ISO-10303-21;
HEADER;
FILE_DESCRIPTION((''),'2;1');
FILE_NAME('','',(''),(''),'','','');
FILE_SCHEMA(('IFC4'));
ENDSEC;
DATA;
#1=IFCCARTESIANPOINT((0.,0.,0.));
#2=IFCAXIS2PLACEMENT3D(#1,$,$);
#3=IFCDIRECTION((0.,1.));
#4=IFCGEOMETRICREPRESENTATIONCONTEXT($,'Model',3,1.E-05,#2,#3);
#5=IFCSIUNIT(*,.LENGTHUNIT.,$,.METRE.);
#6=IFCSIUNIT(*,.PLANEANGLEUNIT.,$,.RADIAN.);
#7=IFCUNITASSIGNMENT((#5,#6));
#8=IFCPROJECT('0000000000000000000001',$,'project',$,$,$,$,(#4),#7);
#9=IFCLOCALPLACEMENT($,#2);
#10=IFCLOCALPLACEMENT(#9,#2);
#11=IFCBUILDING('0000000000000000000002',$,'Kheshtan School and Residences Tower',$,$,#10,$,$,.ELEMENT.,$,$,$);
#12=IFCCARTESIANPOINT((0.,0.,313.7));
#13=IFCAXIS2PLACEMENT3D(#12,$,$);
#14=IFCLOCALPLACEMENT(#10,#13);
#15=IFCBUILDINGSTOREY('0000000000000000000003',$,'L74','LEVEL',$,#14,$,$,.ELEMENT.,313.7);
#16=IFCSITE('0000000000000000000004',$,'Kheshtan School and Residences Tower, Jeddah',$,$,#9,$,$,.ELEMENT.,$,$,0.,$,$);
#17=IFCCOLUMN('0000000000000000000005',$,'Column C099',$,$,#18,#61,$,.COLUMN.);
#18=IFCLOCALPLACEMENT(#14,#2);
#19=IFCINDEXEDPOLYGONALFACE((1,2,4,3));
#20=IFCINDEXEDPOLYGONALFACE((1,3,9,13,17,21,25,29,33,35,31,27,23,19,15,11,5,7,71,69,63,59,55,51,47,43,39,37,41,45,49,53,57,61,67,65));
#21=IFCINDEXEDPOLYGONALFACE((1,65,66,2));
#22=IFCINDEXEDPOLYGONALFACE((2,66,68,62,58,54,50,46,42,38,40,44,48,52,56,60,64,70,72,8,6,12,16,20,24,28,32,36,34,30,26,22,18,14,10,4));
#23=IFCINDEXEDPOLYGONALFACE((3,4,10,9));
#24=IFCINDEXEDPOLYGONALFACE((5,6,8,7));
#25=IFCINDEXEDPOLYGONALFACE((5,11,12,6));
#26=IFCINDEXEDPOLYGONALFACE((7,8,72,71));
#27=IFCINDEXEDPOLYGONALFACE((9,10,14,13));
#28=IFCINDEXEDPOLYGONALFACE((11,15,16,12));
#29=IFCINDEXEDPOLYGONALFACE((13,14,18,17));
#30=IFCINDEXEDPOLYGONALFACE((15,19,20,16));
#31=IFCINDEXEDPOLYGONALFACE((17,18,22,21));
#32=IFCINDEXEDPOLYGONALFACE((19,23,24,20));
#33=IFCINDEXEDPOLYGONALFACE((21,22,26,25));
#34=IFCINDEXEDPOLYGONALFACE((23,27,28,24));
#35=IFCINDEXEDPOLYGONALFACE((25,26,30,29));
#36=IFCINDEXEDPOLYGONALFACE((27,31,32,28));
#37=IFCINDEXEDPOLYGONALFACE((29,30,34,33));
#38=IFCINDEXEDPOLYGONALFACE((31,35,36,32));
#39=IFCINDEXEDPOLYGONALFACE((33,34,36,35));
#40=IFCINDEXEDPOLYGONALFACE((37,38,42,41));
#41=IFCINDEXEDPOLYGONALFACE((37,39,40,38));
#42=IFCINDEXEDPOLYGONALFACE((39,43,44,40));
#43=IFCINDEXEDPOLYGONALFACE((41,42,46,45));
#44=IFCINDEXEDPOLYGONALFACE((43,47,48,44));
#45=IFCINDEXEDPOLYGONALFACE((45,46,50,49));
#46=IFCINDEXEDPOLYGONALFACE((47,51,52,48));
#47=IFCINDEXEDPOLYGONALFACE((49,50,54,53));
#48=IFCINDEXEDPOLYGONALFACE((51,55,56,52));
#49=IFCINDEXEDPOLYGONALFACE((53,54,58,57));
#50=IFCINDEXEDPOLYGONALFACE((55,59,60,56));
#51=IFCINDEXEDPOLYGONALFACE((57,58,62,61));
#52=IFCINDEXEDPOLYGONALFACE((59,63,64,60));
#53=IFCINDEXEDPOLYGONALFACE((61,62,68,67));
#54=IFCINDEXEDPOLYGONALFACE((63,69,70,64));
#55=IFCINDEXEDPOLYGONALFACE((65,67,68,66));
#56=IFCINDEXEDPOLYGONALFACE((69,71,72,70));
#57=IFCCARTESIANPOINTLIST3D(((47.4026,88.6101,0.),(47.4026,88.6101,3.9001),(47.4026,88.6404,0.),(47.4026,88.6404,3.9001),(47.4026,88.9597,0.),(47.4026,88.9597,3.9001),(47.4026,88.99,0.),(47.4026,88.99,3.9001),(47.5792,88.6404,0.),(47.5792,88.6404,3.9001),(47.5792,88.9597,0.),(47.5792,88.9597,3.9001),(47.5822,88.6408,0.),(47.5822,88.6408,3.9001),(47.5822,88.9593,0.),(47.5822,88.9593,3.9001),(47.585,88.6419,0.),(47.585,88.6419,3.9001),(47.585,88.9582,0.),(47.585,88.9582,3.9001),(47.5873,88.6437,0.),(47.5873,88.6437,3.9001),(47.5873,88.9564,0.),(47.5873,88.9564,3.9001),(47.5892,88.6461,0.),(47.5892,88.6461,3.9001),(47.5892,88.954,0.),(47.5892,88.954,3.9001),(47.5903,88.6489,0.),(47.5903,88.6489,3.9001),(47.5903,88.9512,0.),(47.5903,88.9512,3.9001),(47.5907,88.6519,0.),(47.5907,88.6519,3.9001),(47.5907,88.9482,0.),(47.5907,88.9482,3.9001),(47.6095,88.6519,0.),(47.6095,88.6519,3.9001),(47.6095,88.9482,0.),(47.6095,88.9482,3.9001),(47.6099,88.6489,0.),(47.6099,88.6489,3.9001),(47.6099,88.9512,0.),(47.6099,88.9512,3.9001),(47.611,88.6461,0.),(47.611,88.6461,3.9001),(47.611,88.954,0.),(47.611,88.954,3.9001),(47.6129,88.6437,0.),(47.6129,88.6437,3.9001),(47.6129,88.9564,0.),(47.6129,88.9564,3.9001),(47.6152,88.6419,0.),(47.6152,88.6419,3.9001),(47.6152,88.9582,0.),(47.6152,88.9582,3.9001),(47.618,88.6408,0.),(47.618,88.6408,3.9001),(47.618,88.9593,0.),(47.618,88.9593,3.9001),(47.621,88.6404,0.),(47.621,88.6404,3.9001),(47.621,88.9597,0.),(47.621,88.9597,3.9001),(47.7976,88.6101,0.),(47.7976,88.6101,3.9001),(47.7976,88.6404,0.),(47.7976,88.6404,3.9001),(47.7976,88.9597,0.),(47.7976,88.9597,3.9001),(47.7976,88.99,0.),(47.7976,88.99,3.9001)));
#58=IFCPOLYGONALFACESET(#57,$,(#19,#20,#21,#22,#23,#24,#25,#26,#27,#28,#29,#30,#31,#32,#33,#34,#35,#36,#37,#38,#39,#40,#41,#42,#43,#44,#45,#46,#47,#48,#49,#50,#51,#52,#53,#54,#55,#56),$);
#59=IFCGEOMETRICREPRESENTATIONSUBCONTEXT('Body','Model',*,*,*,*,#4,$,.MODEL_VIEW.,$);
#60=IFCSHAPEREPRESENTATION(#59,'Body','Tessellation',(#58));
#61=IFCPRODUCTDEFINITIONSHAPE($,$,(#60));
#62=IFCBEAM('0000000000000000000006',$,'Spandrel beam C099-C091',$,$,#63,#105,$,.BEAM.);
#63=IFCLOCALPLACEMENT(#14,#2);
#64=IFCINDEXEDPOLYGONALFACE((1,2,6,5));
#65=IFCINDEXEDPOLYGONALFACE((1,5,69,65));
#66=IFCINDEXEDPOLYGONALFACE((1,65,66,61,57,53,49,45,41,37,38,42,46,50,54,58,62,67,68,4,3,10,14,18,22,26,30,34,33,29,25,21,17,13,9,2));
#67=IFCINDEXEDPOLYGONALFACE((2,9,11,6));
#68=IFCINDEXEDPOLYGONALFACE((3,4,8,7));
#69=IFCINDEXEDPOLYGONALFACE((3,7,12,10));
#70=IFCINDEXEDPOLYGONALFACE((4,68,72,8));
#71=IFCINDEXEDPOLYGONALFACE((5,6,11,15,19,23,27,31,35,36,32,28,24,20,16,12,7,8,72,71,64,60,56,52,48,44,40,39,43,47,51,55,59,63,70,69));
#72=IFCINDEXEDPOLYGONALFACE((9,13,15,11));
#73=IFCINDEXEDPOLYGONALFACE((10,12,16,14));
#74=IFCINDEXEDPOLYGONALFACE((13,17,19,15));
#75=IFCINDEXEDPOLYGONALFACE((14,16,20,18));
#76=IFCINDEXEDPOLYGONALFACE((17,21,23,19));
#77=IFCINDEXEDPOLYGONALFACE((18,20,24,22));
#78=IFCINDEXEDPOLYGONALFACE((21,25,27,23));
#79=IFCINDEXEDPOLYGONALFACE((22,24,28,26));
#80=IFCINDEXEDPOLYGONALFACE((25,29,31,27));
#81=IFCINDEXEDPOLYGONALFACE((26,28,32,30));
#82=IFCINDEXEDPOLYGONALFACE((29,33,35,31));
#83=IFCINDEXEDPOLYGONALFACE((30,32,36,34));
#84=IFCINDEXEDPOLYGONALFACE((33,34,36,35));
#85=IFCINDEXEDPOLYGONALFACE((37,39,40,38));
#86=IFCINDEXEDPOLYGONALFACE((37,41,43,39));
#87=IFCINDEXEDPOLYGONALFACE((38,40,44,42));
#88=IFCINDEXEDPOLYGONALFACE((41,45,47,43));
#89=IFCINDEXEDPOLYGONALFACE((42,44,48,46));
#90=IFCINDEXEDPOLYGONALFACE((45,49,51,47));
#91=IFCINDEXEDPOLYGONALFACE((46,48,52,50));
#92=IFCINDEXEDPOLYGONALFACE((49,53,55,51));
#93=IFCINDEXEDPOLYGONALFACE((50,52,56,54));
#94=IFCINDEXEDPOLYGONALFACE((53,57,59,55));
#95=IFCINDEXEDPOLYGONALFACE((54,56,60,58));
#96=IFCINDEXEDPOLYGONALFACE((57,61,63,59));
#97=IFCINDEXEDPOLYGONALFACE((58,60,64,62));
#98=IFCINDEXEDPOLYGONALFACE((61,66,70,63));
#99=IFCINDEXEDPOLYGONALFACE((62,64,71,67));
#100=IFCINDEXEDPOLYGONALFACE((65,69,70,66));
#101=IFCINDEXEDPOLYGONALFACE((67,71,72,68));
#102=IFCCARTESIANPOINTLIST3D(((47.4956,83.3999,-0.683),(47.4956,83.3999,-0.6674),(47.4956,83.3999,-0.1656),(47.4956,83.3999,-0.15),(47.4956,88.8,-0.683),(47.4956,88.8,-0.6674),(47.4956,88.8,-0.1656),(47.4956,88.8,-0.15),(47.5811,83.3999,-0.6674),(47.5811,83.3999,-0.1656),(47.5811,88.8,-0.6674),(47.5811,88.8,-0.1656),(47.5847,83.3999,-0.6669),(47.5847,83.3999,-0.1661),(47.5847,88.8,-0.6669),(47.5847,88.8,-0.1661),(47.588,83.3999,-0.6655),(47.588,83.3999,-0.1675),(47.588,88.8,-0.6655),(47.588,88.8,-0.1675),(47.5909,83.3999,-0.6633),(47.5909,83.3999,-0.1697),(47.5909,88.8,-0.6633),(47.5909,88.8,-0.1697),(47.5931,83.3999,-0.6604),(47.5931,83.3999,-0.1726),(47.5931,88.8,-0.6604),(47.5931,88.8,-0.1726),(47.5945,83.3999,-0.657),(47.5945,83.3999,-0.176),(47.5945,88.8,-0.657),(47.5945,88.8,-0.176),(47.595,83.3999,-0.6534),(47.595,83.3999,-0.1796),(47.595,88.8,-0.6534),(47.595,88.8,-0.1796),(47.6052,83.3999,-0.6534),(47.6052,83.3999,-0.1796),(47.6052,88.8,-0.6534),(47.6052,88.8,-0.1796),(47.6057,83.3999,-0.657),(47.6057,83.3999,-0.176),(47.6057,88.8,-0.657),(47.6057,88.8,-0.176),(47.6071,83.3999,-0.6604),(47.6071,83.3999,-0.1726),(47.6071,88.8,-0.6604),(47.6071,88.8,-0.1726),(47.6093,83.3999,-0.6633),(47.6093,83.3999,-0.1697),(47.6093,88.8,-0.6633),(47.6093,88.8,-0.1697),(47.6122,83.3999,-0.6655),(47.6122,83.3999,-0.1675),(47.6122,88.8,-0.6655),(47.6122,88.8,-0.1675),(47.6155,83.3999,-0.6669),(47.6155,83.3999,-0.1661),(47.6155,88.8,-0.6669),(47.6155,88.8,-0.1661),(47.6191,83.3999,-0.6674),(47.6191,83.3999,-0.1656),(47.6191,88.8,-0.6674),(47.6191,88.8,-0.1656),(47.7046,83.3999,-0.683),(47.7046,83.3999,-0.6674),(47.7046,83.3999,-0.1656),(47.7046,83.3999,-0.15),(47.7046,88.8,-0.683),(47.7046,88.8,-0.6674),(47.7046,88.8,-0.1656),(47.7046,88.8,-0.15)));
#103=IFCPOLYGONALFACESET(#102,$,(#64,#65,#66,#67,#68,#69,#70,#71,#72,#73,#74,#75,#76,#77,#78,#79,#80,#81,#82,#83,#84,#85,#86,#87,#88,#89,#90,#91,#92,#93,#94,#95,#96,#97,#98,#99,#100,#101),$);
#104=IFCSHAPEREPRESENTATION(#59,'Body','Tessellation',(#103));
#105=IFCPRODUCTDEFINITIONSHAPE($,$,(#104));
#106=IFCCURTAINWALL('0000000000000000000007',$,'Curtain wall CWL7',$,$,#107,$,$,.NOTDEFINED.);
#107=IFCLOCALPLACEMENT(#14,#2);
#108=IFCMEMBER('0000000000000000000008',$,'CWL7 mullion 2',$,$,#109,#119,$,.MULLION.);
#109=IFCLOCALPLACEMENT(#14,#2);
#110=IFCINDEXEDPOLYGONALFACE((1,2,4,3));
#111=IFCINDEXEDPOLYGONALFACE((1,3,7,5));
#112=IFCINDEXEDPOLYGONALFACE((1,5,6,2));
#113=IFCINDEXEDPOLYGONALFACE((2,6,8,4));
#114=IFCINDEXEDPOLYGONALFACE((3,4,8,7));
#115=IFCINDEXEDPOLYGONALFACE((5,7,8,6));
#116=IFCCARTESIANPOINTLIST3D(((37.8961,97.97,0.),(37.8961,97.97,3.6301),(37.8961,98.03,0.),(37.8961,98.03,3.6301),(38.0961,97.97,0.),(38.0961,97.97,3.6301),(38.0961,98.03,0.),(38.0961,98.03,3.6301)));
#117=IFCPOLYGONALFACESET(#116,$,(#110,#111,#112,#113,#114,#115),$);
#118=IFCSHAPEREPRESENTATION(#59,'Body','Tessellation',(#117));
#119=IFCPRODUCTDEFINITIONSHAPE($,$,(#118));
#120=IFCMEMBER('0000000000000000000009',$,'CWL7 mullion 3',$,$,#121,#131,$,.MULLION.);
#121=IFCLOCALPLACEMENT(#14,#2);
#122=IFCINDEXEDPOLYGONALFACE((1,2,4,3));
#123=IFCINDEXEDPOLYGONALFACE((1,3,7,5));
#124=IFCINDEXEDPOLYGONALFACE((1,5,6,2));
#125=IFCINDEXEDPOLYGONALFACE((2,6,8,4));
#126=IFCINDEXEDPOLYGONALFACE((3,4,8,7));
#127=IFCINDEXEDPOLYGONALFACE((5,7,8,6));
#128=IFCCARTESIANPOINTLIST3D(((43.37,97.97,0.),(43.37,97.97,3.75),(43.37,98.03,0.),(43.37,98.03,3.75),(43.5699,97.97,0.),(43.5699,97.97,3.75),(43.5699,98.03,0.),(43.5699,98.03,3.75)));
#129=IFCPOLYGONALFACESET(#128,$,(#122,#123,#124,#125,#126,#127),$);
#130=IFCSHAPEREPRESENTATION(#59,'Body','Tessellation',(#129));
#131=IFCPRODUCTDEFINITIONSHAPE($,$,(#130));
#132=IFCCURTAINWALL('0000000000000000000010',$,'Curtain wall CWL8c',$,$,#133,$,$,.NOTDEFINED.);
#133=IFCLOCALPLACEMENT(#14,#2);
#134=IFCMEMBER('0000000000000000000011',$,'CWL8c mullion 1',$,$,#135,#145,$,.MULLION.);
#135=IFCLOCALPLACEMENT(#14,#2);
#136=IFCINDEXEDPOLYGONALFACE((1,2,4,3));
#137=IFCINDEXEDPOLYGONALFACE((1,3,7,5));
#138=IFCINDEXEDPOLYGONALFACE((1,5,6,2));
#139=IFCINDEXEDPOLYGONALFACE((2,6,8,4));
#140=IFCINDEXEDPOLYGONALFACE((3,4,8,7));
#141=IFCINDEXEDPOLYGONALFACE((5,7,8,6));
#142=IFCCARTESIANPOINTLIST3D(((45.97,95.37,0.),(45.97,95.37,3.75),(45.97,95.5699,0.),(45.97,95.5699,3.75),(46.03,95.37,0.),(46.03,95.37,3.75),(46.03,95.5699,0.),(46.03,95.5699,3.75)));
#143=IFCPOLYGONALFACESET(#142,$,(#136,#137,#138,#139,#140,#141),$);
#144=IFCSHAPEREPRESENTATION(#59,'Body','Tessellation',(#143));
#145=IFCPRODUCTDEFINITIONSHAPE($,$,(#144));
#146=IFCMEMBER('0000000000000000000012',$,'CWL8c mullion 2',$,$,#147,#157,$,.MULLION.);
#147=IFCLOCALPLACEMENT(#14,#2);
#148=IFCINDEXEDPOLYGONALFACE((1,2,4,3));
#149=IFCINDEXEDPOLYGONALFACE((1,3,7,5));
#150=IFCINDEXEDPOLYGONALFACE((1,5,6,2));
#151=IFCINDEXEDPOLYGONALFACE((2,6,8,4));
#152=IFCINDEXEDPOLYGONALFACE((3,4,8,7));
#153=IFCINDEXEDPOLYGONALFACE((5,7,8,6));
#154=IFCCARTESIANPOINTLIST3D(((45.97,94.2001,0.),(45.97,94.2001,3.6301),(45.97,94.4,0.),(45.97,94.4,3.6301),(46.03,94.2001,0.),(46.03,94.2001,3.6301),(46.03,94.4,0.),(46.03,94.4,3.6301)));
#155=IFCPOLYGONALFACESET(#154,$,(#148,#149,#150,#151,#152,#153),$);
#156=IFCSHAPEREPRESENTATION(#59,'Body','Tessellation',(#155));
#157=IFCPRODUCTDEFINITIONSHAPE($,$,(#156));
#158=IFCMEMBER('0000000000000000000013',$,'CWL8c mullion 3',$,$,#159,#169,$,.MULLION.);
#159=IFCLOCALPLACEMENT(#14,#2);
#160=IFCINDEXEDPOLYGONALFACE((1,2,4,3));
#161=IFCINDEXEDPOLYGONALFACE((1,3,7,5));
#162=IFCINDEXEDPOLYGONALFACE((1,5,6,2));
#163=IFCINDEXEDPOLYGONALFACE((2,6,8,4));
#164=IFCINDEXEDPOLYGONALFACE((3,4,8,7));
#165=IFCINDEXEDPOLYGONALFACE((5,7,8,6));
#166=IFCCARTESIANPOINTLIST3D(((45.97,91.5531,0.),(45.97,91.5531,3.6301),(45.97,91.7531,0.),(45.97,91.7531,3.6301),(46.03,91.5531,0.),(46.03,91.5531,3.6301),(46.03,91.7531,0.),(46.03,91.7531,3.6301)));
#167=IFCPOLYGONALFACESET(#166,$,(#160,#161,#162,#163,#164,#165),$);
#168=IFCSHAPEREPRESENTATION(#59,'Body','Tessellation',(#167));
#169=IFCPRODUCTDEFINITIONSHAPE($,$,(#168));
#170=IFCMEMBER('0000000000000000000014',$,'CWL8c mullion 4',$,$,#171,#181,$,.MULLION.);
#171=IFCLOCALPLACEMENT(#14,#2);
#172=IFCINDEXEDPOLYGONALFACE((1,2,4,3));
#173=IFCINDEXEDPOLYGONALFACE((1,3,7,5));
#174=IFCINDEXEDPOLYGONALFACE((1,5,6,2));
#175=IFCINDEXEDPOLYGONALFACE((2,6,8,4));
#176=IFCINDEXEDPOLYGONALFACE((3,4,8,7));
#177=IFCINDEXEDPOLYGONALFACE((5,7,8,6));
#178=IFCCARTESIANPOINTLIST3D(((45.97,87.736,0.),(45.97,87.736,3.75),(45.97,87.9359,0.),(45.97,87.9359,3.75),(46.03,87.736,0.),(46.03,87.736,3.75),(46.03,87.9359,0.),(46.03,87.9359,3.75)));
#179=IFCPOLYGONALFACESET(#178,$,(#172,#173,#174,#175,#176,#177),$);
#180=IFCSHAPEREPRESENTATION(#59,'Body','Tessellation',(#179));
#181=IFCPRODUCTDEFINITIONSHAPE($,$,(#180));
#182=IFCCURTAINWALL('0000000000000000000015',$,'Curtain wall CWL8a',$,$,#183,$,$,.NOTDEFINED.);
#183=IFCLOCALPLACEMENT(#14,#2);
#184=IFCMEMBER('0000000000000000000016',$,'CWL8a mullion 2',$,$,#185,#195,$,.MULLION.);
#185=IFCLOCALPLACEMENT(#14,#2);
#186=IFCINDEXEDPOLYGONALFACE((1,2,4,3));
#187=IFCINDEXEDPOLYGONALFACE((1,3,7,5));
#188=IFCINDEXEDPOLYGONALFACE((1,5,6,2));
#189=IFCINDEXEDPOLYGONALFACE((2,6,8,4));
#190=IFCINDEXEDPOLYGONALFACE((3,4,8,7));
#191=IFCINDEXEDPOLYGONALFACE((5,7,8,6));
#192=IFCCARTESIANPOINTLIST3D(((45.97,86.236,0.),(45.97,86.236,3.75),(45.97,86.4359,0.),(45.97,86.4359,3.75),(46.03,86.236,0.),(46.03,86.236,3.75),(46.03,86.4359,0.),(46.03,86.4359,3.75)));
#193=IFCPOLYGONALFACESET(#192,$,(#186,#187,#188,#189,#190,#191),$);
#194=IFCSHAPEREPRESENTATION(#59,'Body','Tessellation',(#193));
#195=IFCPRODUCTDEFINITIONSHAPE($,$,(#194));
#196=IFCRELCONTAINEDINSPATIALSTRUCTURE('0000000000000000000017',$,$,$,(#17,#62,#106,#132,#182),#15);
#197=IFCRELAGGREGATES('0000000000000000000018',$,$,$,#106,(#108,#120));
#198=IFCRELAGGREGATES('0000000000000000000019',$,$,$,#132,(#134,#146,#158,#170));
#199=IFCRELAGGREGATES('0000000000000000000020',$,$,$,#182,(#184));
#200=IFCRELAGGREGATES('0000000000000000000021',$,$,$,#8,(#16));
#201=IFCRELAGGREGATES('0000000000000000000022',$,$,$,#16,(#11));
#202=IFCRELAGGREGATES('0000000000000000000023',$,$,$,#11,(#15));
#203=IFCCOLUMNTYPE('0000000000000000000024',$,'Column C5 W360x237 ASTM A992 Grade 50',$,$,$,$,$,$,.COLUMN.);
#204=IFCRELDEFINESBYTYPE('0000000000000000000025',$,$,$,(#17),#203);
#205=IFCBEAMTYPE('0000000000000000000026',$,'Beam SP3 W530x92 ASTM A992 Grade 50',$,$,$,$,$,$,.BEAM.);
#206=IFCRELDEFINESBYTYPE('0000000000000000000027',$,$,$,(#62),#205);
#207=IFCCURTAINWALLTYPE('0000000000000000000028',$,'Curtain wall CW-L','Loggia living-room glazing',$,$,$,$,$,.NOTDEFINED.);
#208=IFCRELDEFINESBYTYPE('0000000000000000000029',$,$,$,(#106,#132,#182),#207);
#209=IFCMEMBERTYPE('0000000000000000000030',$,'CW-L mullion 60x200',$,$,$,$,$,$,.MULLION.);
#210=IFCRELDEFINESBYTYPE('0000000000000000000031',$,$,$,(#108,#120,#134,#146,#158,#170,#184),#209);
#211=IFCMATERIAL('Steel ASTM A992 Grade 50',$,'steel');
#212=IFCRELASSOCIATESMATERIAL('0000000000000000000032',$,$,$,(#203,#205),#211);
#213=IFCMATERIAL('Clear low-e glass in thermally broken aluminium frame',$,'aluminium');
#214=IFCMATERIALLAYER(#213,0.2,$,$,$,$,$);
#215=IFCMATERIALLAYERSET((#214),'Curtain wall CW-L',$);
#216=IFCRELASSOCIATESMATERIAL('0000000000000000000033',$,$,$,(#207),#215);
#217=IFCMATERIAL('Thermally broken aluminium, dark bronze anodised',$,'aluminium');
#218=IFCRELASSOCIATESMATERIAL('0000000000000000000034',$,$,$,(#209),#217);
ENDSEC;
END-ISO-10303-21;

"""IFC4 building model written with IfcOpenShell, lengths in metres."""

from ifc_helpers import new_model, si_unit, direction, frame, origin, origin_2d, place, context, subcontext, project, spatial, rectangle, i_section, extrude, material, layer, layer_set, material_profile, profile_set, type_object, element, aggregate, save


model = new_model("IFC4")

# Units and contexts
model_context = context("Model", 3, precision=1e-05, world=origin(), true_north=direction((0.0, 1.0)))
body_context = subcontext(model_context, "Body", "Model", "MODEL_VIEW")
ifc_project = project(units=[si_unit("LENGTHUNIT", "METRE"), si_unit("PLANEANGLEUNIT", "RADIAN")], contexts=[model_context])

# Site, building, storey
site_placement = place(None, origin())
site = spatial("IfcSite", under=ifc_project, at=site_placement, Name="Kheshtan School and Residences Tower, Jeddah", CompositionType="ELEMENT", RefElevation=0.0)
building_placement = place(site_placement, origin())
building = spatial("IfcBuilding", under=site, at=building_placement, Name="Kheshtan School and Residences Tower", CompositionType="ELEMENT")
storey_placement = place(building_placement, frame((0.0, 0.0, 313.7)))
storey = spatial("IfcBuildingStorey", under=building, at=storey_placement, Name="L74", Description="LEVEL", CompositionType="ELEMENT", Elevation=313.7)

# Column
ifc_material_1 = material(Name="Steel ASTM A992 Grade 50", Category="steel")
ifc_material_profile_1 = material_profile(ifc_material_1, i_section(OverallWidth=0.395, OverallDepth=0.3799, WebThickness=0.0188, FlangeThickness=0.0303, FilletRadius=0.0115, at=origin_2d()), Name="W360x237")
ifc_profile_set_1 = profile_set([ifc_material_profile_1], Name="Steel ASTM A992 Grade 50")
column_type = type_object("IfcColumnType", Name="Column C5 W360x237 ASTM A992 Grade 50", PredefinedType="COLUMN", material=ifc_profile_set_1)
column_placement = place(storey_placement, frame((47.6001, 88.8, 0.0), z_axis=(0.0, 0.0, 1.0), x_axis=(1.0, 0.0, 0.0)))
element("IfcColumn", 1, at=column_placement, inside=storey, type_object=column_type, Name="Column C099", PredefinedType="COLUMN", context=body_context, shape_type="SweptSolid", body=[
    extrude(i_section(OverallWidth=0.395, OverallDepth=0.3799, WebThickness=0.0188, FlangeThickness=0.0303, FilletRadius=0.0115, at=origin_2d()), origin(), (0.0, 0.0, 1.0), 3.9001),
])

# Beam
ifc_material_profile_2 = material_profile(ifc_material_1, i_section(OverallWidth=0.209, OverallDepth=0.533, WebThickness=0.0103, FlangeThickness=0.0156, FilletRadius=0.0139, at=origin_2d()), Name="W530x92")
ifc_profile_set_2 = profile_set([ifc_material_profile_2], Name="Steel ASTM A992 Grade 50")
beam_type = type_object("IfcBeamType", Name="Beam SP3 W530x92 ASTM A992 Grade 50", PredefinedType="BEAM", material=ifc_profile_set_2)
beam_placement = place(storey_placement, frame((47.6001, 88.8, -0.4165), z_axis=(0.0, -1.0, 0.0), x_axis=(1.0, 0.0, 0.0)))
element("IfcBeam", 2, at=beam_placement, inside=storey, type_object=beam_type, Name="Spandrel beam C099-C091", PredefinedType="BEAM", context=body_context, shape_type="SweptSolid", body=[
    extrude(i_section(OverallWidth=0.209, OverallDepth=0.533, WebThickness=0.0103, FlangeThickness=0.0156, FilletRadius=0.0139, at=origin_2d()), origin(), (0.0, 0.0, 1.0), 5.4001),
])

# Curtain walls, members
ifc_material_2 = material(Name="Clear low-e glass in thermally broken aluminium frame", Category="aluminium")
ifc_layer_1 = layer(ifc_material_2, 0.2)
ifc_layer_set_1 = layer_set([ifc_layer_1], Name="Curtain wall CW-L")
curtain_wall_type = type_object("IfcCurtainWallType", Name="Curtain wall CW-L", Description="Loggia living-room glazing", PredefinedType="NOTDEFINED", material=ifc_layer_set_1)
curtain_wall_1_placement = place(storey_placement, origin())
curtain_wall_1 = element("IfcCurtainWall", 3, at=curtain_wall_1_placement, inside=storey, type_object=curtain_wall_type, Name="Curtain wall CWL7", PredefinedType="NOTDEFINED")
ifc_material_3 = material(Name="Thermally broken aluminium, dark bronze anodised", Category="aluminium")
ifc_material_profile_3 = material_profile(ifc_material_3, rectangle(XDim=0.0601, YDim=0.2, at=origin_2d()), Name="CW-L mullion 60x200")
ifc_profile_set_3 = profile_set([ifc_material_profile_3], Name="Thermally broken aluminium, dark bronze anodised")
member_type_1 = type_object("IfcMemberType", Name="CW-L mullion 60x200", PredefinedType="MULLION", material=ifc_profile_set_3)
member_1_placement = place(storey_placement, frame((37.9961, 98.0, 0.0), z_axis=(0.0, 0.0, 1.0), x_axis=(0.0, 1.0, 0.0)))
member_1 = element("IfcMember", 4, at=member_1_placement, type_object=member_type_1, Name="CWL7 mullion 2", PredefinedType="MULLION", context=body_context, shape_type="SweptSolid", body=[
    extrude(rectangle(XDim=0.0601, YDim=0.2, at=origin_2d()), origin(), (0.0, 0.0, 1.0), 3.6301),
])
member_2_placement = place(storey_placement, frame((43.47, 98.0, 0.0), z_axis=(0.0, 0.0, 1.0), x_axis=(0.0, 1.0, 0.0)))
member_2 = element("IfcMember", 5, at=member_2_placement, type_object=member_type_1, Name="CWL7 mullion 3", PredefinedType="MULLION", context=body_context, shape_type="SweptSolid", body=[
    extrude(rectangle(XDim=0.0601, YDim=0.2, at=origin_2d()), origin(), (0.0, 0.0, 1.0), 3.75),
])
curtain_wall_2_placement = place(storey_placement, origin())
curtain_wall_2 = element("IfcCurtainWall", 6, at=curtain_wall_2_placement, inside=storey, type_object=curtain_wall_type, Name="Curtain wall CWL8c", PredefinedType="NOTDEFINED")
member_3_placement = place(storey_placement, frame((46.0, 95.47, 0.0), z_axis=(0.0, 0.0, 1.0), x_axis=(1.0, 0.0, 0.0)))
member_3 = element("IfcMember", 7, at=member_3_placement, type_object=member_type_1, Name="CWL8c mullion 1", PredefinedType="MULLION", context=body_context, shape_type="SweptSolid", body=[
    extrude(rectangle(XDim=0.0601, YDim=0.2, at=origin_2d()), origin(), (0.0, 0.0, 1.0), 3.75),
])
member_4_placement = place(storey_placement, frame((46.0, 94.3, 0.0), z_axis=(0.0, 0.0, 1.0), x_axis=(1.0, 0.0, 0.0)))
member_4 = element("IfcMember", 8, at=member_4_placement, type_object=member_type_1, Name="CWL8c mullion 2", PredefinedType="MULLION", context=body_context, shape_type="SweptSolid", body=[
    extrude(rectangle(XDim=0.0601, YDim=0.2, at=origin_2d()), origin(), (0.0, 0.0, 1.0), 3.6301),
])
member_5_placement = place(storey_placement, frame((46.0, 91.6531, 0.0), z_axis=(0.0, 0.0, 1.0), x_axis=(1.0, 0.0, 0.0)))
member_5 = element("IfcMember", 9, at=member_5_placement, type_object=member_type_1, Name="CWL8c mullion 3", PredefinedType="MULLION", context=body_context, shape_type="SweptSolid", body=[
    extrude(rectangle(XDim=0.0601, YDim=0.2, at=origin_2d()), origin(), (0.0, 0.0, 1.0), 3.6301),
])
member_6_placement = place(storey_placement, frame((46.0, 87.8359, 0.0), z_axis=(0.0, 0.0, 1.0), x_axis=(1.0, 0.0, 0.0)))
member_6 = element("IfcMember", 10, at=member_6_placement, type_object=member_type_1, Name="CWL8c mullion 4", PredefinedType="MULLION", context=body_context, shape_type="SweptSolid", body=[
    extrude(rectangle(XDim=0.0601, YDim=0.2, at=origin_2d()), origin(), (0.0, 0.0, 1.0), 3.75),
])

# Curtain wall, member
curtain_wall_3_placement = place(storey_placement, origin())
curtain_wall_3 = element("IfcCurtainWall", 11, at=curtain_wall_3_placement, inside=storey, type_object=curtain_wall_type, Name="Curtain wall CWL8a", PredefinedType="NOTDEFINED")
member_7_placement = place(storey_placement, frame((46.0, 86.3359, 0.0), z_axis=(0.0, 0.0, 1.0), x_axis=(1.0, 0.0, 0.0)))
member_7 = element("IfcMember", 12, at=member_7_placement, type_object=member_type_1, Name="CWL8a mullion 2", PredefinedType="MULLION", context=body_context, shape_type="SweptSolid", body=[
    extrude(rectangle(XDim=0.0601, YDim=0.2, at=origin_2d()), origin(), (0.0, 0.0, 1.0), 3.75),
])

aggregate(curtain_wall_1, [member_1, member_2])
aggregate(curtain_wall_2, [member_3, member_4, member_5, member_6])
aggregate(curtain_wall_3, [member_7])

save(model, "model.ifc")
